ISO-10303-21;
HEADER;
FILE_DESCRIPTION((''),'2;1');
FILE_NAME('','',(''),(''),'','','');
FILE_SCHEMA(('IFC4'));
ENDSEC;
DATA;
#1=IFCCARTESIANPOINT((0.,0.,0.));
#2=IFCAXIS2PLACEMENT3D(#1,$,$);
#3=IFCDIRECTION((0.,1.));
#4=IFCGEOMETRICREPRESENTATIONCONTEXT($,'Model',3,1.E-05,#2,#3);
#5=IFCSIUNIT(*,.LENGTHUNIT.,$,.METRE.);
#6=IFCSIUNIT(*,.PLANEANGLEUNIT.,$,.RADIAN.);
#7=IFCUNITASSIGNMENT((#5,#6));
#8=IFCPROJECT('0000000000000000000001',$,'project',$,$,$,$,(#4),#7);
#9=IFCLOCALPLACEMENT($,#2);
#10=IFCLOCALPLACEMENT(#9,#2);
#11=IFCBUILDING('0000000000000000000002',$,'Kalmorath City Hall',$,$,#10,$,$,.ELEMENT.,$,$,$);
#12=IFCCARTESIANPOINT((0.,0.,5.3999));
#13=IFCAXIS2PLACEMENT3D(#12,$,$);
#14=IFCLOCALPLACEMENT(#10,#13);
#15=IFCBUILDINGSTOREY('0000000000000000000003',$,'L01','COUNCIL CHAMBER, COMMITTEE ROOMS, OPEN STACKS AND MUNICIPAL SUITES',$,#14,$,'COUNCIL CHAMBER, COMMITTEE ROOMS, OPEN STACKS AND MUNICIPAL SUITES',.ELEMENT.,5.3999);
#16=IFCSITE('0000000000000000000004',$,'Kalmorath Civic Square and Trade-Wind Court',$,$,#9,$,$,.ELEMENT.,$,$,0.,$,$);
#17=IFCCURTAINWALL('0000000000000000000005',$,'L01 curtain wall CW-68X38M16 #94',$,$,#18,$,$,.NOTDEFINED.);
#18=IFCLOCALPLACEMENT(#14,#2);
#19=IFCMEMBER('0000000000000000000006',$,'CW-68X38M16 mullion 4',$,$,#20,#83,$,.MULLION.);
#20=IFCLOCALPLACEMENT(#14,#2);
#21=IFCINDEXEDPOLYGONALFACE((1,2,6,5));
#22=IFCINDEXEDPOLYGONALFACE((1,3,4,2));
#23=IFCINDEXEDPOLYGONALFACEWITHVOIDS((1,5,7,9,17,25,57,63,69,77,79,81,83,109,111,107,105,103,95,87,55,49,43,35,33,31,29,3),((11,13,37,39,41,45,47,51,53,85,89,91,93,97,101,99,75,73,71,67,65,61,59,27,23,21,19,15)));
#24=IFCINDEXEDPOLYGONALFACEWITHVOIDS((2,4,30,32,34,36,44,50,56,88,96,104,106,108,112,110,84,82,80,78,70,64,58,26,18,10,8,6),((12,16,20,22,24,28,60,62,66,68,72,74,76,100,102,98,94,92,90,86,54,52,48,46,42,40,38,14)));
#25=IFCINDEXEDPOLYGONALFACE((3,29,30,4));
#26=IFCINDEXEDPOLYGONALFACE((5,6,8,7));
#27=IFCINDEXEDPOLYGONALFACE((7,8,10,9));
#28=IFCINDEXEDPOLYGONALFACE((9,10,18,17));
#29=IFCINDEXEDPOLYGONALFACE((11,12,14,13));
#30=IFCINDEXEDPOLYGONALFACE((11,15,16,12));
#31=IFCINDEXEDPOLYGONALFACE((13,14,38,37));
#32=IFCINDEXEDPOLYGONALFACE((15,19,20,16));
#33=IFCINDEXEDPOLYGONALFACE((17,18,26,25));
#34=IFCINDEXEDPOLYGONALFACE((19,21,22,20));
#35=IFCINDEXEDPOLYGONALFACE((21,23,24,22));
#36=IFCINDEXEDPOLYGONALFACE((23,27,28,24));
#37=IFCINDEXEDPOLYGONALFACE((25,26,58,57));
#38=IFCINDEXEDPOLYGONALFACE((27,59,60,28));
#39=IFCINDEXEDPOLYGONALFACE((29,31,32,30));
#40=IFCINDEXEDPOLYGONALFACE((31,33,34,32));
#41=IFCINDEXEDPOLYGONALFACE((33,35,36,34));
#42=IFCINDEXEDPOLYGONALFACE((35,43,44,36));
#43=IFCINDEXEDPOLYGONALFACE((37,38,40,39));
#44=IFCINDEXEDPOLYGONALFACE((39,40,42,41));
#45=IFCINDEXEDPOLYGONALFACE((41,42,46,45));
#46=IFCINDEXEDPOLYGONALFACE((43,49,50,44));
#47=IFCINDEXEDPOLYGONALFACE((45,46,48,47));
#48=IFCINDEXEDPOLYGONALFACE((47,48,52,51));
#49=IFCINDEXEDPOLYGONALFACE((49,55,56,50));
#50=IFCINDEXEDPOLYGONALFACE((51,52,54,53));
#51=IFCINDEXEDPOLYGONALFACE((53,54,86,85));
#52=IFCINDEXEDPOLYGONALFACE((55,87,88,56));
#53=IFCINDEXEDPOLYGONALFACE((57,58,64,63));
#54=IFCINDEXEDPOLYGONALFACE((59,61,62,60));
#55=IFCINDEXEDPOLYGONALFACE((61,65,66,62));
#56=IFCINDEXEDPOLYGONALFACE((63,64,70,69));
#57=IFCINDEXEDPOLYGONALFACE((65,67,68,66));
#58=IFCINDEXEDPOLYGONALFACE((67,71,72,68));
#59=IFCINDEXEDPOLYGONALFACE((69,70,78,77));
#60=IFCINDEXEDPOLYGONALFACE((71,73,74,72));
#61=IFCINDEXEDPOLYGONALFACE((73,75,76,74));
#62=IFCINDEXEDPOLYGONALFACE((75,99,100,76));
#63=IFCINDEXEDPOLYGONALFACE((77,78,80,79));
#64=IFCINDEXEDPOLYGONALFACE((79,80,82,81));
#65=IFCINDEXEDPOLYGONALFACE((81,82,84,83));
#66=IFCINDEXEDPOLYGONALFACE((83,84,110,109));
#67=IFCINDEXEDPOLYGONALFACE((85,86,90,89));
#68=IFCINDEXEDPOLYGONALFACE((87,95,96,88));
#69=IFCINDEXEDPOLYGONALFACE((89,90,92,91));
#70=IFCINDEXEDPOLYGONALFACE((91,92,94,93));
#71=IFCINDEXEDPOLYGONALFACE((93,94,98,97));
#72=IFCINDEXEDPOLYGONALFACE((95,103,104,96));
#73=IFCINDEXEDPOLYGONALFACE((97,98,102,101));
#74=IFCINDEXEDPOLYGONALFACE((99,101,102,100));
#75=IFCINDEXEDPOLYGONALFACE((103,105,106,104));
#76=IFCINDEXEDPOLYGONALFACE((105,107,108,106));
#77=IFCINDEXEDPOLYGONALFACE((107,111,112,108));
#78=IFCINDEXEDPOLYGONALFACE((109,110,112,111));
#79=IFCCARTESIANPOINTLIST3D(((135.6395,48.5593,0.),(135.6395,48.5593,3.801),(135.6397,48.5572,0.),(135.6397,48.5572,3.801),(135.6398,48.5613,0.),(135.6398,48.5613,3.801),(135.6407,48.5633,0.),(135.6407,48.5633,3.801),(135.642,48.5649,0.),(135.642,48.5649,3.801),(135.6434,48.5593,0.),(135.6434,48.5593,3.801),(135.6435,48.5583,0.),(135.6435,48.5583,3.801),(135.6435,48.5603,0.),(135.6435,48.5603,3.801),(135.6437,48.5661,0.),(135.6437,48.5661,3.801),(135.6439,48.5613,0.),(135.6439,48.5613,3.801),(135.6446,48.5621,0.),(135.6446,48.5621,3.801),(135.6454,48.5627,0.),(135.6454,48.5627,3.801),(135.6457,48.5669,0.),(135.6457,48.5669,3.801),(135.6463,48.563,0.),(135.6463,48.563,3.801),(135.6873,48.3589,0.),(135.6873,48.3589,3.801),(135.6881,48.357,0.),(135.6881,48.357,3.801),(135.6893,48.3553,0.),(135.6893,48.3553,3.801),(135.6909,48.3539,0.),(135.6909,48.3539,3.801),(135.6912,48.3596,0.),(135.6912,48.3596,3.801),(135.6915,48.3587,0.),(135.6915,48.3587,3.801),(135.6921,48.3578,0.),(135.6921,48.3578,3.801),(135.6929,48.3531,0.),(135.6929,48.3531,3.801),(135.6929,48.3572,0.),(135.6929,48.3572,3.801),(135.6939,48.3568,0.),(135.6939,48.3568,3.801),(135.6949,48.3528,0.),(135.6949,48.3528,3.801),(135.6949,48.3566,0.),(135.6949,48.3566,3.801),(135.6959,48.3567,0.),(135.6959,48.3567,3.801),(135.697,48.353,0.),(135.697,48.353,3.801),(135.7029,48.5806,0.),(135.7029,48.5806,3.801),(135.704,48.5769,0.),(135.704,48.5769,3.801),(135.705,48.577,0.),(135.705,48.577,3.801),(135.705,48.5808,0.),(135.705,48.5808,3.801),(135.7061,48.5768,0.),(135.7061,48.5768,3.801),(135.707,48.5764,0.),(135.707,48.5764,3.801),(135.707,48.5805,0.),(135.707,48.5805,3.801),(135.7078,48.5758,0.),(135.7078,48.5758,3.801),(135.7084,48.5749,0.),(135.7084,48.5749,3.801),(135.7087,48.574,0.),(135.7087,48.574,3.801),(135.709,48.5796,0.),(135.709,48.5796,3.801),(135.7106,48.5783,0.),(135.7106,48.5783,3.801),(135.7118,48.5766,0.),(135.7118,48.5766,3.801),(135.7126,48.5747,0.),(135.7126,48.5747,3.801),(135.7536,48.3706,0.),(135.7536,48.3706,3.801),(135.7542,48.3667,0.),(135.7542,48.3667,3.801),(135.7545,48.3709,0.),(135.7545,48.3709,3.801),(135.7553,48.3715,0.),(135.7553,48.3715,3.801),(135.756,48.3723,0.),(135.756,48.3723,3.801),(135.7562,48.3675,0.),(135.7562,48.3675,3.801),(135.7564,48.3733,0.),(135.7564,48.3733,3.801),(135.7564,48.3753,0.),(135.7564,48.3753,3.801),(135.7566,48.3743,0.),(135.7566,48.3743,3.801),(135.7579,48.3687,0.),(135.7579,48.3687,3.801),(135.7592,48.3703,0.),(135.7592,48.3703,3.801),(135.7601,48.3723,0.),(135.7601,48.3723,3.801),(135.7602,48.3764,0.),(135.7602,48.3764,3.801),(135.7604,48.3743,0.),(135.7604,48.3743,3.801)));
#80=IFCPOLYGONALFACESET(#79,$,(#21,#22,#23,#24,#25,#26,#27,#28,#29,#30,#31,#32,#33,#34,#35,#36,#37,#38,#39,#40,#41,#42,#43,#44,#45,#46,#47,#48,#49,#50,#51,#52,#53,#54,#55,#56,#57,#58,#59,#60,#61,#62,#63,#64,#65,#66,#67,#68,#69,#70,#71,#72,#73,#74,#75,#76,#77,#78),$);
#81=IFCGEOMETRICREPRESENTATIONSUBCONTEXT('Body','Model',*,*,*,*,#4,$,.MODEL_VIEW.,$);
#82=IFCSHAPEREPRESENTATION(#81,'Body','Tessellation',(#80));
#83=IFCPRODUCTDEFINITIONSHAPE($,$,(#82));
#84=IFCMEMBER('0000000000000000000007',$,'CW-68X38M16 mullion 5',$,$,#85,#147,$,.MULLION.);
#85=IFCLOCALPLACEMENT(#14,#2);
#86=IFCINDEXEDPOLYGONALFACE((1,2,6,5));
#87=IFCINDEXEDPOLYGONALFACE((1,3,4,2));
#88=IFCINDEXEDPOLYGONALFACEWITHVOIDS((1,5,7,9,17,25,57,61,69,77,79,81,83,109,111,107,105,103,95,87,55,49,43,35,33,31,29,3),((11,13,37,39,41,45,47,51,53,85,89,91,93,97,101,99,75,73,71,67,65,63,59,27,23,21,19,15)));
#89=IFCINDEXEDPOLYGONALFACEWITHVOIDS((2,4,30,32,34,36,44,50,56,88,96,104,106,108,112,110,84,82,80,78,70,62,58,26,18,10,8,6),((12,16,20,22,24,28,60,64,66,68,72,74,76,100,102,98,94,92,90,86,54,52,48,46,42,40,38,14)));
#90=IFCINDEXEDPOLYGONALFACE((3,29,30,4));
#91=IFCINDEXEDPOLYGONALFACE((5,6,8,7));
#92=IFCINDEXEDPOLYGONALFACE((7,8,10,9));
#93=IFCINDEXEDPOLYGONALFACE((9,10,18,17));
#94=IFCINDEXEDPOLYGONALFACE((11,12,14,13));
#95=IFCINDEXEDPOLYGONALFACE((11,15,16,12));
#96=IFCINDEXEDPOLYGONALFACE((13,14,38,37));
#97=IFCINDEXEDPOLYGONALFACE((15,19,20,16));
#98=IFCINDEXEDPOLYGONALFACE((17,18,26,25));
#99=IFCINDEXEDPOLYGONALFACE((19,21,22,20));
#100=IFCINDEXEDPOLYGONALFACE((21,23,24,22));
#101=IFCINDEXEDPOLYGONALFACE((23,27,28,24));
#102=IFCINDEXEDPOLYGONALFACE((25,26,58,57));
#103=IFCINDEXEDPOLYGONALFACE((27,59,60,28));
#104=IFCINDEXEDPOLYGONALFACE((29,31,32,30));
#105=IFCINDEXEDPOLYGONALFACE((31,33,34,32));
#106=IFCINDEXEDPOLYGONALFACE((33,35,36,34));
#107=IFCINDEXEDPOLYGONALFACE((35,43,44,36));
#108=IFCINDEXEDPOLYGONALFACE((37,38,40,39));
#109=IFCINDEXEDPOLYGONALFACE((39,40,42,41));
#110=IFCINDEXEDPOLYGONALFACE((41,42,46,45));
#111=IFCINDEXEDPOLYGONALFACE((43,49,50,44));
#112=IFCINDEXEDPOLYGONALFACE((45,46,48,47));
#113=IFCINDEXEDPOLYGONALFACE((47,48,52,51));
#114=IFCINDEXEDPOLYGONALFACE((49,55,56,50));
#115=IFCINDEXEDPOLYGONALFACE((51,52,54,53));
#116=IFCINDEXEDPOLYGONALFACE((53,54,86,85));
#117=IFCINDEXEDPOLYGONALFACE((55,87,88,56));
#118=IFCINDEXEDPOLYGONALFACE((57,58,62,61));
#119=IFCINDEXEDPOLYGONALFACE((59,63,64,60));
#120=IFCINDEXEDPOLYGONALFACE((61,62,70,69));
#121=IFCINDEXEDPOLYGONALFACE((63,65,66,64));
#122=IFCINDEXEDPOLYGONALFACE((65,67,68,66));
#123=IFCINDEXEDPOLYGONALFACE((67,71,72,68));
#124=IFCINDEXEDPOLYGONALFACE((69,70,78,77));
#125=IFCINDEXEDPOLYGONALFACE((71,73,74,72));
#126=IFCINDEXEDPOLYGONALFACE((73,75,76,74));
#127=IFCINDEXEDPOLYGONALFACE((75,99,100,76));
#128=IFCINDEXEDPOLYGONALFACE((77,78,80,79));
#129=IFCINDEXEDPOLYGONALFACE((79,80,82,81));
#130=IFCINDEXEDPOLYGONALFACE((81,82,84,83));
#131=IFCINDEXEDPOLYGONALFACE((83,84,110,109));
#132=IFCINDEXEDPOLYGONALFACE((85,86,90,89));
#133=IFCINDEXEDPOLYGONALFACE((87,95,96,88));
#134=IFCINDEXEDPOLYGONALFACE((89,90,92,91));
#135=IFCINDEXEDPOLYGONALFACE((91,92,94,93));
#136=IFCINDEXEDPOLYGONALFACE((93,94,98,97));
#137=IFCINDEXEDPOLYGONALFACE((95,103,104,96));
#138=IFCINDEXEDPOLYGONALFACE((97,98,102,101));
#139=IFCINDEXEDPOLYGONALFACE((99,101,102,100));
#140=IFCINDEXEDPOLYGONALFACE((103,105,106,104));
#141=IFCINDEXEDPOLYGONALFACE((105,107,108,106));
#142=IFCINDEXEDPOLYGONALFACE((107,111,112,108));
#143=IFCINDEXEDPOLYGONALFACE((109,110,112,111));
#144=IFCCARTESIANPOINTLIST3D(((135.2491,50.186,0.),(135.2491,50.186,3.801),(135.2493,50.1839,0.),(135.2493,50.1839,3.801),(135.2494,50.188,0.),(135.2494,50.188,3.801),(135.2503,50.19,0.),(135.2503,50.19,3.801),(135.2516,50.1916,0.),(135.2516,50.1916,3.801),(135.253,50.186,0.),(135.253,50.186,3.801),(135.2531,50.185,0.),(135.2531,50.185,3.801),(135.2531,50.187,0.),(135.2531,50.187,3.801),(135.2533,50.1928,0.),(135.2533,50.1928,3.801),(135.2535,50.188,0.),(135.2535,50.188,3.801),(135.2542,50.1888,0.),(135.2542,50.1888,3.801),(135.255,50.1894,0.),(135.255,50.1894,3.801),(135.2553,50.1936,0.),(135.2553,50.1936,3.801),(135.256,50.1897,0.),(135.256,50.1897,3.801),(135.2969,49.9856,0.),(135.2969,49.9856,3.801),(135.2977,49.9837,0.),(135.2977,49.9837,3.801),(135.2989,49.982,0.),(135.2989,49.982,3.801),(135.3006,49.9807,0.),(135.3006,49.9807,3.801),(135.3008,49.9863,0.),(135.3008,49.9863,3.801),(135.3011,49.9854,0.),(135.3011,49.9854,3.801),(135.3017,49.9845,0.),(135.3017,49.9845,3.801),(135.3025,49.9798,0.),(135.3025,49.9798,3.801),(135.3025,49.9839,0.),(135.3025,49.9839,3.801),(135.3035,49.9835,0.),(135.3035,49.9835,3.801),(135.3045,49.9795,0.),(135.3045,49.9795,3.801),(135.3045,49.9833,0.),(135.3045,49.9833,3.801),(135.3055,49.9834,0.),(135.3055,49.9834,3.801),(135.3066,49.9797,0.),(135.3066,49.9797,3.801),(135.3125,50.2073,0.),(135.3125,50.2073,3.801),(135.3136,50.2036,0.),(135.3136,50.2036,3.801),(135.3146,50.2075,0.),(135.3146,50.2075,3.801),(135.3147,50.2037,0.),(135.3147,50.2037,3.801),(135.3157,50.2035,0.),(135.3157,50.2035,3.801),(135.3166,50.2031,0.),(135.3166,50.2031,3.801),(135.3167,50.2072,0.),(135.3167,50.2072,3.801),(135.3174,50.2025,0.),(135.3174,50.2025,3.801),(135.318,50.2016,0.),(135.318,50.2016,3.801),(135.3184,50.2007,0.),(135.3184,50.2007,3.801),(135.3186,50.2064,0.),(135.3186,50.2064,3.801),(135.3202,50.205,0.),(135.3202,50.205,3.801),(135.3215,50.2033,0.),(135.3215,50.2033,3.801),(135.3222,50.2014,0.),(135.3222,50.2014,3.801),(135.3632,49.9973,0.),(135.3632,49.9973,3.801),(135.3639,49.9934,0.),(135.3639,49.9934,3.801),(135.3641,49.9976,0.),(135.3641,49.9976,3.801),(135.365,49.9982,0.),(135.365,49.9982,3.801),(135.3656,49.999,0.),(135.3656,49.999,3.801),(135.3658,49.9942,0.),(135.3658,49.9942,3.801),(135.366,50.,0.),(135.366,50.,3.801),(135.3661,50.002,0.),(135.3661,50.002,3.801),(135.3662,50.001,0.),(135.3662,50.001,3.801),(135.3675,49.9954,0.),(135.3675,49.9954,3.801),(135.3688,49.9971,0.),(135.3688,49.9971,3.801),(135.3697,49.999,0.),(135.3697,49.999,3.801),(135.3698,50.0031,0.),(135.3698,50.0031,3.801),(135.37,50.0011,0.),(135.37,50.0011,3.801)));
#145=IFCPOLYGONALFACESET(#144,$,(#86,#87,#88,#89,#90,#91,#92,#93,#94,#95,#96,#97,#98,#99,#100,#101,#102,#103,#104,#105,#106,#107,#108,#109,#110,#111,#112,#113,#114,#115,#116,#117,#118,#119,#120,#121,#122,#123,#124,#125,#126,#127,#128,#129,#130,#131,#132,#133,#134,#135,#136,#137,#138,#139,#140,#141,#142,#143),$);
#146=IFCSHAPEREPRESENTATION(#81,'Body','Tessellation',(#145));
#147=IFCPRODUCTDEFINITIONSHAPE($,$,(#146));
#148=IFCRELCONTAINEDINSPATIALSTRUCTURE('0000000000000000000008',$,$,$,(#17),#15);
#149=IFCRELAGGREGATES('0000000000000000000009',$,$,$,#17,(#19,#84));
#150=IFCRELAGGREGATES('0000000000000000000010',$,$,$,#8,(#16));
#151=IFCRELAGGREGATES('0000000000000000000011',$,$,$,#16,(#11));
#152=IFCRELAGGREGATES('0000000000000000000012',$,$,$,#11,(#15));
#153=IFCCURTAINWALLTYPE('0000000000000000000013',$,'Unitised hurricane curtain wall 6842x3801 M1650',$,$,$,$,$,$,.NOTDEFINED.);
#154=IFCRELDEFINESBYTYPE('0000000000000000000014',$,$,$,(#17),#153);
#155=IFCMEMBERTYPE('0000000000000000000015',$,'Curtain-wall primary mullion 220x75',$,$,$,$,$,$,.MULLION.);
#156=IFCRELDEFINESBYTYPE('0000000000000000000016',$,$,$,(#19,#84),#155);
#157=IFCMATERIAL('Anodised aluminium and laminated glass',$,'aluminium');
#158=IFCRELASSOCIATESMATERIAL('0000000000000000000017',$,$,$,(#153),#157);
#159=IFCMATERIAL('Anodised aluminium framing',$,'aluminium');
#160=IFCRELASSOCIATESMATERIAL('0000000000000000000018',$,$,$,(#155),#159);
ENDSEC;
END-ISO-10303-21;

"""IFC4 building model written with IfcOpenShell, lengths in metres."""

from ifc_helpers import new_model, si_unit, direction, frame, origin, origin_2d, place, context, subcontext, project, spatial, hollow_rectangle, extrude, material, material_profile, profile_set, type_object, element, aggregate, save


model = new_model("IFC4")

# Units and contexts
model_context = context("Model", 3, precision=1e-05, world=origin(), true_north=direction((0.0, 1.0)))
body_context = subcontext(model_context, "Body", "Model", "MODEL_VIEW")
ifc_project = project(units=[si_unit("LENGTHUNIT", "METRE"), si_unit("PLANEANGLEUNIT", "RADIAN")], contexts=[model_context])

# Site, building, storey
site_placement = place(None, origin())
site = spatial("IfcSite", under=ifc_project, at=site_placement, Name="Kalmorath Civic Square and Trade-Wind Court", CompositionType="ELEMENT", RefElevation=0.0)
building_placement = place(site_placement, origin())
building = spatial("IfcBuilding", under=site, at=building_placement, Name="Kalmorath City Hall", CompositionType="ELEMENT")
storey_placement = place(building_placement, frame((0.0, 0.0, 5.3999)))
storey = spatial("IfcBuildingStorey", under=building, at=storey_placement, Name="L01", Description="COUNCIL CHAMBER, COMMITTEE ROOMS, OPEN STACKS AND MUNICIPAL SUITES", LongName="COUNCIL CHAMBER, COMMITTEE ROOMS, OPEN STACKS AND MUNICIPAL SUITES", CompositionType="ELEMENT", Elevation=5.3999)

# Curtain wall
ifc_material_1 = material(Name="Anodised aluminium and laminated glass", Category="aluminium")
curtain_wall_type_1 = type_object("IfcCurtainWallType", Name="Unitised hurricane curtain wall 6842x3801 M1650", PredefinedType="NOTDEFINED", material=ifc_material_1)
curtain_wall_1_placement = place(storey_placement, origin())
curtain_wall_1 = element("IfcCurtainWall", 1, at=curtain_wall_1_placement, inside=storey, type_object=curtain_wall_type_1, Name="L01 curtain wall CW-68X38M16 #94", PredefinedType="NOTDEFINED")

# Members
ifc_material_2 = material(Name="Anodised aluminium framing", Category="aluminium")
ifc_material_profile_1 = material_profile(ifc_material_2, hollow_rectangle(XDim=0.075, YDim=0.22, WallThickness=0.0039, InnerFilletRadius=0.0039, OuterFilletRadius=0.0081, at=origin_2d()), Name="ALU-MUL-220X75X4")
ifc_profile_set_1 = profile_set([ifc_material_profile_1], Name="Anodised aluminium framing")
member_type_1 = type_object("IfcMemberType", Name="Curtain-wall primary mullion 220x75", PredefinedType="MULLION", material=ifc_profile_set_1)
member_1_placement = place(storey_placement, frame((135.7, 48.4668, 0.0), z_axis=(0.0, 0.0, 1.0), x_axis=(-0.972368, -0.233453, 0.0)))
member_1 = element("IfcMember", 2, at=member_1_placement, type_object=member_type_1, Name="CW-68X38M16 mullion 4", PredefinedType="MULLION", context=body_context, shape_type="SweptSolid", body=[
    extrude(hollow_rectangle(XDim=0.075, YDim=0.22, WallThickness=0.0039, InnerFilletRadius=0.0039, OuterFilletRadius=0.0081, at=origin_2d()), origin(), (0.0, 0.0, 1.0), 3.801),
])
member_2_placement = place(storey_placement, frame((135.3096, 50.0935, 0.0), z_axis=(0.0, 0.0, 1.0), x_axis=(-0.972368, -0.233453, 0.0)))
member_2 = element("IfcMember", 3, at=member_2_placement, type_object=member_type_1, Name="CW-68X38M16 mullion 5", PredefinedType="MULLION", context=body_context, shape_type="SweptSolid", body=[
    extrude(hollow_rectangle(XDim=0.075, YDim=0.22, WallThickness=0.0039, InnerFilletRadius=0.0039, OuterFilletRadius=0.0081, at=origin_2d()), origin(), (0.0, 0.0, 1.0), 3.801),
])

aggregate(curtain_wall_1, [member_1, member_2])

save(model, "model.ifc")
